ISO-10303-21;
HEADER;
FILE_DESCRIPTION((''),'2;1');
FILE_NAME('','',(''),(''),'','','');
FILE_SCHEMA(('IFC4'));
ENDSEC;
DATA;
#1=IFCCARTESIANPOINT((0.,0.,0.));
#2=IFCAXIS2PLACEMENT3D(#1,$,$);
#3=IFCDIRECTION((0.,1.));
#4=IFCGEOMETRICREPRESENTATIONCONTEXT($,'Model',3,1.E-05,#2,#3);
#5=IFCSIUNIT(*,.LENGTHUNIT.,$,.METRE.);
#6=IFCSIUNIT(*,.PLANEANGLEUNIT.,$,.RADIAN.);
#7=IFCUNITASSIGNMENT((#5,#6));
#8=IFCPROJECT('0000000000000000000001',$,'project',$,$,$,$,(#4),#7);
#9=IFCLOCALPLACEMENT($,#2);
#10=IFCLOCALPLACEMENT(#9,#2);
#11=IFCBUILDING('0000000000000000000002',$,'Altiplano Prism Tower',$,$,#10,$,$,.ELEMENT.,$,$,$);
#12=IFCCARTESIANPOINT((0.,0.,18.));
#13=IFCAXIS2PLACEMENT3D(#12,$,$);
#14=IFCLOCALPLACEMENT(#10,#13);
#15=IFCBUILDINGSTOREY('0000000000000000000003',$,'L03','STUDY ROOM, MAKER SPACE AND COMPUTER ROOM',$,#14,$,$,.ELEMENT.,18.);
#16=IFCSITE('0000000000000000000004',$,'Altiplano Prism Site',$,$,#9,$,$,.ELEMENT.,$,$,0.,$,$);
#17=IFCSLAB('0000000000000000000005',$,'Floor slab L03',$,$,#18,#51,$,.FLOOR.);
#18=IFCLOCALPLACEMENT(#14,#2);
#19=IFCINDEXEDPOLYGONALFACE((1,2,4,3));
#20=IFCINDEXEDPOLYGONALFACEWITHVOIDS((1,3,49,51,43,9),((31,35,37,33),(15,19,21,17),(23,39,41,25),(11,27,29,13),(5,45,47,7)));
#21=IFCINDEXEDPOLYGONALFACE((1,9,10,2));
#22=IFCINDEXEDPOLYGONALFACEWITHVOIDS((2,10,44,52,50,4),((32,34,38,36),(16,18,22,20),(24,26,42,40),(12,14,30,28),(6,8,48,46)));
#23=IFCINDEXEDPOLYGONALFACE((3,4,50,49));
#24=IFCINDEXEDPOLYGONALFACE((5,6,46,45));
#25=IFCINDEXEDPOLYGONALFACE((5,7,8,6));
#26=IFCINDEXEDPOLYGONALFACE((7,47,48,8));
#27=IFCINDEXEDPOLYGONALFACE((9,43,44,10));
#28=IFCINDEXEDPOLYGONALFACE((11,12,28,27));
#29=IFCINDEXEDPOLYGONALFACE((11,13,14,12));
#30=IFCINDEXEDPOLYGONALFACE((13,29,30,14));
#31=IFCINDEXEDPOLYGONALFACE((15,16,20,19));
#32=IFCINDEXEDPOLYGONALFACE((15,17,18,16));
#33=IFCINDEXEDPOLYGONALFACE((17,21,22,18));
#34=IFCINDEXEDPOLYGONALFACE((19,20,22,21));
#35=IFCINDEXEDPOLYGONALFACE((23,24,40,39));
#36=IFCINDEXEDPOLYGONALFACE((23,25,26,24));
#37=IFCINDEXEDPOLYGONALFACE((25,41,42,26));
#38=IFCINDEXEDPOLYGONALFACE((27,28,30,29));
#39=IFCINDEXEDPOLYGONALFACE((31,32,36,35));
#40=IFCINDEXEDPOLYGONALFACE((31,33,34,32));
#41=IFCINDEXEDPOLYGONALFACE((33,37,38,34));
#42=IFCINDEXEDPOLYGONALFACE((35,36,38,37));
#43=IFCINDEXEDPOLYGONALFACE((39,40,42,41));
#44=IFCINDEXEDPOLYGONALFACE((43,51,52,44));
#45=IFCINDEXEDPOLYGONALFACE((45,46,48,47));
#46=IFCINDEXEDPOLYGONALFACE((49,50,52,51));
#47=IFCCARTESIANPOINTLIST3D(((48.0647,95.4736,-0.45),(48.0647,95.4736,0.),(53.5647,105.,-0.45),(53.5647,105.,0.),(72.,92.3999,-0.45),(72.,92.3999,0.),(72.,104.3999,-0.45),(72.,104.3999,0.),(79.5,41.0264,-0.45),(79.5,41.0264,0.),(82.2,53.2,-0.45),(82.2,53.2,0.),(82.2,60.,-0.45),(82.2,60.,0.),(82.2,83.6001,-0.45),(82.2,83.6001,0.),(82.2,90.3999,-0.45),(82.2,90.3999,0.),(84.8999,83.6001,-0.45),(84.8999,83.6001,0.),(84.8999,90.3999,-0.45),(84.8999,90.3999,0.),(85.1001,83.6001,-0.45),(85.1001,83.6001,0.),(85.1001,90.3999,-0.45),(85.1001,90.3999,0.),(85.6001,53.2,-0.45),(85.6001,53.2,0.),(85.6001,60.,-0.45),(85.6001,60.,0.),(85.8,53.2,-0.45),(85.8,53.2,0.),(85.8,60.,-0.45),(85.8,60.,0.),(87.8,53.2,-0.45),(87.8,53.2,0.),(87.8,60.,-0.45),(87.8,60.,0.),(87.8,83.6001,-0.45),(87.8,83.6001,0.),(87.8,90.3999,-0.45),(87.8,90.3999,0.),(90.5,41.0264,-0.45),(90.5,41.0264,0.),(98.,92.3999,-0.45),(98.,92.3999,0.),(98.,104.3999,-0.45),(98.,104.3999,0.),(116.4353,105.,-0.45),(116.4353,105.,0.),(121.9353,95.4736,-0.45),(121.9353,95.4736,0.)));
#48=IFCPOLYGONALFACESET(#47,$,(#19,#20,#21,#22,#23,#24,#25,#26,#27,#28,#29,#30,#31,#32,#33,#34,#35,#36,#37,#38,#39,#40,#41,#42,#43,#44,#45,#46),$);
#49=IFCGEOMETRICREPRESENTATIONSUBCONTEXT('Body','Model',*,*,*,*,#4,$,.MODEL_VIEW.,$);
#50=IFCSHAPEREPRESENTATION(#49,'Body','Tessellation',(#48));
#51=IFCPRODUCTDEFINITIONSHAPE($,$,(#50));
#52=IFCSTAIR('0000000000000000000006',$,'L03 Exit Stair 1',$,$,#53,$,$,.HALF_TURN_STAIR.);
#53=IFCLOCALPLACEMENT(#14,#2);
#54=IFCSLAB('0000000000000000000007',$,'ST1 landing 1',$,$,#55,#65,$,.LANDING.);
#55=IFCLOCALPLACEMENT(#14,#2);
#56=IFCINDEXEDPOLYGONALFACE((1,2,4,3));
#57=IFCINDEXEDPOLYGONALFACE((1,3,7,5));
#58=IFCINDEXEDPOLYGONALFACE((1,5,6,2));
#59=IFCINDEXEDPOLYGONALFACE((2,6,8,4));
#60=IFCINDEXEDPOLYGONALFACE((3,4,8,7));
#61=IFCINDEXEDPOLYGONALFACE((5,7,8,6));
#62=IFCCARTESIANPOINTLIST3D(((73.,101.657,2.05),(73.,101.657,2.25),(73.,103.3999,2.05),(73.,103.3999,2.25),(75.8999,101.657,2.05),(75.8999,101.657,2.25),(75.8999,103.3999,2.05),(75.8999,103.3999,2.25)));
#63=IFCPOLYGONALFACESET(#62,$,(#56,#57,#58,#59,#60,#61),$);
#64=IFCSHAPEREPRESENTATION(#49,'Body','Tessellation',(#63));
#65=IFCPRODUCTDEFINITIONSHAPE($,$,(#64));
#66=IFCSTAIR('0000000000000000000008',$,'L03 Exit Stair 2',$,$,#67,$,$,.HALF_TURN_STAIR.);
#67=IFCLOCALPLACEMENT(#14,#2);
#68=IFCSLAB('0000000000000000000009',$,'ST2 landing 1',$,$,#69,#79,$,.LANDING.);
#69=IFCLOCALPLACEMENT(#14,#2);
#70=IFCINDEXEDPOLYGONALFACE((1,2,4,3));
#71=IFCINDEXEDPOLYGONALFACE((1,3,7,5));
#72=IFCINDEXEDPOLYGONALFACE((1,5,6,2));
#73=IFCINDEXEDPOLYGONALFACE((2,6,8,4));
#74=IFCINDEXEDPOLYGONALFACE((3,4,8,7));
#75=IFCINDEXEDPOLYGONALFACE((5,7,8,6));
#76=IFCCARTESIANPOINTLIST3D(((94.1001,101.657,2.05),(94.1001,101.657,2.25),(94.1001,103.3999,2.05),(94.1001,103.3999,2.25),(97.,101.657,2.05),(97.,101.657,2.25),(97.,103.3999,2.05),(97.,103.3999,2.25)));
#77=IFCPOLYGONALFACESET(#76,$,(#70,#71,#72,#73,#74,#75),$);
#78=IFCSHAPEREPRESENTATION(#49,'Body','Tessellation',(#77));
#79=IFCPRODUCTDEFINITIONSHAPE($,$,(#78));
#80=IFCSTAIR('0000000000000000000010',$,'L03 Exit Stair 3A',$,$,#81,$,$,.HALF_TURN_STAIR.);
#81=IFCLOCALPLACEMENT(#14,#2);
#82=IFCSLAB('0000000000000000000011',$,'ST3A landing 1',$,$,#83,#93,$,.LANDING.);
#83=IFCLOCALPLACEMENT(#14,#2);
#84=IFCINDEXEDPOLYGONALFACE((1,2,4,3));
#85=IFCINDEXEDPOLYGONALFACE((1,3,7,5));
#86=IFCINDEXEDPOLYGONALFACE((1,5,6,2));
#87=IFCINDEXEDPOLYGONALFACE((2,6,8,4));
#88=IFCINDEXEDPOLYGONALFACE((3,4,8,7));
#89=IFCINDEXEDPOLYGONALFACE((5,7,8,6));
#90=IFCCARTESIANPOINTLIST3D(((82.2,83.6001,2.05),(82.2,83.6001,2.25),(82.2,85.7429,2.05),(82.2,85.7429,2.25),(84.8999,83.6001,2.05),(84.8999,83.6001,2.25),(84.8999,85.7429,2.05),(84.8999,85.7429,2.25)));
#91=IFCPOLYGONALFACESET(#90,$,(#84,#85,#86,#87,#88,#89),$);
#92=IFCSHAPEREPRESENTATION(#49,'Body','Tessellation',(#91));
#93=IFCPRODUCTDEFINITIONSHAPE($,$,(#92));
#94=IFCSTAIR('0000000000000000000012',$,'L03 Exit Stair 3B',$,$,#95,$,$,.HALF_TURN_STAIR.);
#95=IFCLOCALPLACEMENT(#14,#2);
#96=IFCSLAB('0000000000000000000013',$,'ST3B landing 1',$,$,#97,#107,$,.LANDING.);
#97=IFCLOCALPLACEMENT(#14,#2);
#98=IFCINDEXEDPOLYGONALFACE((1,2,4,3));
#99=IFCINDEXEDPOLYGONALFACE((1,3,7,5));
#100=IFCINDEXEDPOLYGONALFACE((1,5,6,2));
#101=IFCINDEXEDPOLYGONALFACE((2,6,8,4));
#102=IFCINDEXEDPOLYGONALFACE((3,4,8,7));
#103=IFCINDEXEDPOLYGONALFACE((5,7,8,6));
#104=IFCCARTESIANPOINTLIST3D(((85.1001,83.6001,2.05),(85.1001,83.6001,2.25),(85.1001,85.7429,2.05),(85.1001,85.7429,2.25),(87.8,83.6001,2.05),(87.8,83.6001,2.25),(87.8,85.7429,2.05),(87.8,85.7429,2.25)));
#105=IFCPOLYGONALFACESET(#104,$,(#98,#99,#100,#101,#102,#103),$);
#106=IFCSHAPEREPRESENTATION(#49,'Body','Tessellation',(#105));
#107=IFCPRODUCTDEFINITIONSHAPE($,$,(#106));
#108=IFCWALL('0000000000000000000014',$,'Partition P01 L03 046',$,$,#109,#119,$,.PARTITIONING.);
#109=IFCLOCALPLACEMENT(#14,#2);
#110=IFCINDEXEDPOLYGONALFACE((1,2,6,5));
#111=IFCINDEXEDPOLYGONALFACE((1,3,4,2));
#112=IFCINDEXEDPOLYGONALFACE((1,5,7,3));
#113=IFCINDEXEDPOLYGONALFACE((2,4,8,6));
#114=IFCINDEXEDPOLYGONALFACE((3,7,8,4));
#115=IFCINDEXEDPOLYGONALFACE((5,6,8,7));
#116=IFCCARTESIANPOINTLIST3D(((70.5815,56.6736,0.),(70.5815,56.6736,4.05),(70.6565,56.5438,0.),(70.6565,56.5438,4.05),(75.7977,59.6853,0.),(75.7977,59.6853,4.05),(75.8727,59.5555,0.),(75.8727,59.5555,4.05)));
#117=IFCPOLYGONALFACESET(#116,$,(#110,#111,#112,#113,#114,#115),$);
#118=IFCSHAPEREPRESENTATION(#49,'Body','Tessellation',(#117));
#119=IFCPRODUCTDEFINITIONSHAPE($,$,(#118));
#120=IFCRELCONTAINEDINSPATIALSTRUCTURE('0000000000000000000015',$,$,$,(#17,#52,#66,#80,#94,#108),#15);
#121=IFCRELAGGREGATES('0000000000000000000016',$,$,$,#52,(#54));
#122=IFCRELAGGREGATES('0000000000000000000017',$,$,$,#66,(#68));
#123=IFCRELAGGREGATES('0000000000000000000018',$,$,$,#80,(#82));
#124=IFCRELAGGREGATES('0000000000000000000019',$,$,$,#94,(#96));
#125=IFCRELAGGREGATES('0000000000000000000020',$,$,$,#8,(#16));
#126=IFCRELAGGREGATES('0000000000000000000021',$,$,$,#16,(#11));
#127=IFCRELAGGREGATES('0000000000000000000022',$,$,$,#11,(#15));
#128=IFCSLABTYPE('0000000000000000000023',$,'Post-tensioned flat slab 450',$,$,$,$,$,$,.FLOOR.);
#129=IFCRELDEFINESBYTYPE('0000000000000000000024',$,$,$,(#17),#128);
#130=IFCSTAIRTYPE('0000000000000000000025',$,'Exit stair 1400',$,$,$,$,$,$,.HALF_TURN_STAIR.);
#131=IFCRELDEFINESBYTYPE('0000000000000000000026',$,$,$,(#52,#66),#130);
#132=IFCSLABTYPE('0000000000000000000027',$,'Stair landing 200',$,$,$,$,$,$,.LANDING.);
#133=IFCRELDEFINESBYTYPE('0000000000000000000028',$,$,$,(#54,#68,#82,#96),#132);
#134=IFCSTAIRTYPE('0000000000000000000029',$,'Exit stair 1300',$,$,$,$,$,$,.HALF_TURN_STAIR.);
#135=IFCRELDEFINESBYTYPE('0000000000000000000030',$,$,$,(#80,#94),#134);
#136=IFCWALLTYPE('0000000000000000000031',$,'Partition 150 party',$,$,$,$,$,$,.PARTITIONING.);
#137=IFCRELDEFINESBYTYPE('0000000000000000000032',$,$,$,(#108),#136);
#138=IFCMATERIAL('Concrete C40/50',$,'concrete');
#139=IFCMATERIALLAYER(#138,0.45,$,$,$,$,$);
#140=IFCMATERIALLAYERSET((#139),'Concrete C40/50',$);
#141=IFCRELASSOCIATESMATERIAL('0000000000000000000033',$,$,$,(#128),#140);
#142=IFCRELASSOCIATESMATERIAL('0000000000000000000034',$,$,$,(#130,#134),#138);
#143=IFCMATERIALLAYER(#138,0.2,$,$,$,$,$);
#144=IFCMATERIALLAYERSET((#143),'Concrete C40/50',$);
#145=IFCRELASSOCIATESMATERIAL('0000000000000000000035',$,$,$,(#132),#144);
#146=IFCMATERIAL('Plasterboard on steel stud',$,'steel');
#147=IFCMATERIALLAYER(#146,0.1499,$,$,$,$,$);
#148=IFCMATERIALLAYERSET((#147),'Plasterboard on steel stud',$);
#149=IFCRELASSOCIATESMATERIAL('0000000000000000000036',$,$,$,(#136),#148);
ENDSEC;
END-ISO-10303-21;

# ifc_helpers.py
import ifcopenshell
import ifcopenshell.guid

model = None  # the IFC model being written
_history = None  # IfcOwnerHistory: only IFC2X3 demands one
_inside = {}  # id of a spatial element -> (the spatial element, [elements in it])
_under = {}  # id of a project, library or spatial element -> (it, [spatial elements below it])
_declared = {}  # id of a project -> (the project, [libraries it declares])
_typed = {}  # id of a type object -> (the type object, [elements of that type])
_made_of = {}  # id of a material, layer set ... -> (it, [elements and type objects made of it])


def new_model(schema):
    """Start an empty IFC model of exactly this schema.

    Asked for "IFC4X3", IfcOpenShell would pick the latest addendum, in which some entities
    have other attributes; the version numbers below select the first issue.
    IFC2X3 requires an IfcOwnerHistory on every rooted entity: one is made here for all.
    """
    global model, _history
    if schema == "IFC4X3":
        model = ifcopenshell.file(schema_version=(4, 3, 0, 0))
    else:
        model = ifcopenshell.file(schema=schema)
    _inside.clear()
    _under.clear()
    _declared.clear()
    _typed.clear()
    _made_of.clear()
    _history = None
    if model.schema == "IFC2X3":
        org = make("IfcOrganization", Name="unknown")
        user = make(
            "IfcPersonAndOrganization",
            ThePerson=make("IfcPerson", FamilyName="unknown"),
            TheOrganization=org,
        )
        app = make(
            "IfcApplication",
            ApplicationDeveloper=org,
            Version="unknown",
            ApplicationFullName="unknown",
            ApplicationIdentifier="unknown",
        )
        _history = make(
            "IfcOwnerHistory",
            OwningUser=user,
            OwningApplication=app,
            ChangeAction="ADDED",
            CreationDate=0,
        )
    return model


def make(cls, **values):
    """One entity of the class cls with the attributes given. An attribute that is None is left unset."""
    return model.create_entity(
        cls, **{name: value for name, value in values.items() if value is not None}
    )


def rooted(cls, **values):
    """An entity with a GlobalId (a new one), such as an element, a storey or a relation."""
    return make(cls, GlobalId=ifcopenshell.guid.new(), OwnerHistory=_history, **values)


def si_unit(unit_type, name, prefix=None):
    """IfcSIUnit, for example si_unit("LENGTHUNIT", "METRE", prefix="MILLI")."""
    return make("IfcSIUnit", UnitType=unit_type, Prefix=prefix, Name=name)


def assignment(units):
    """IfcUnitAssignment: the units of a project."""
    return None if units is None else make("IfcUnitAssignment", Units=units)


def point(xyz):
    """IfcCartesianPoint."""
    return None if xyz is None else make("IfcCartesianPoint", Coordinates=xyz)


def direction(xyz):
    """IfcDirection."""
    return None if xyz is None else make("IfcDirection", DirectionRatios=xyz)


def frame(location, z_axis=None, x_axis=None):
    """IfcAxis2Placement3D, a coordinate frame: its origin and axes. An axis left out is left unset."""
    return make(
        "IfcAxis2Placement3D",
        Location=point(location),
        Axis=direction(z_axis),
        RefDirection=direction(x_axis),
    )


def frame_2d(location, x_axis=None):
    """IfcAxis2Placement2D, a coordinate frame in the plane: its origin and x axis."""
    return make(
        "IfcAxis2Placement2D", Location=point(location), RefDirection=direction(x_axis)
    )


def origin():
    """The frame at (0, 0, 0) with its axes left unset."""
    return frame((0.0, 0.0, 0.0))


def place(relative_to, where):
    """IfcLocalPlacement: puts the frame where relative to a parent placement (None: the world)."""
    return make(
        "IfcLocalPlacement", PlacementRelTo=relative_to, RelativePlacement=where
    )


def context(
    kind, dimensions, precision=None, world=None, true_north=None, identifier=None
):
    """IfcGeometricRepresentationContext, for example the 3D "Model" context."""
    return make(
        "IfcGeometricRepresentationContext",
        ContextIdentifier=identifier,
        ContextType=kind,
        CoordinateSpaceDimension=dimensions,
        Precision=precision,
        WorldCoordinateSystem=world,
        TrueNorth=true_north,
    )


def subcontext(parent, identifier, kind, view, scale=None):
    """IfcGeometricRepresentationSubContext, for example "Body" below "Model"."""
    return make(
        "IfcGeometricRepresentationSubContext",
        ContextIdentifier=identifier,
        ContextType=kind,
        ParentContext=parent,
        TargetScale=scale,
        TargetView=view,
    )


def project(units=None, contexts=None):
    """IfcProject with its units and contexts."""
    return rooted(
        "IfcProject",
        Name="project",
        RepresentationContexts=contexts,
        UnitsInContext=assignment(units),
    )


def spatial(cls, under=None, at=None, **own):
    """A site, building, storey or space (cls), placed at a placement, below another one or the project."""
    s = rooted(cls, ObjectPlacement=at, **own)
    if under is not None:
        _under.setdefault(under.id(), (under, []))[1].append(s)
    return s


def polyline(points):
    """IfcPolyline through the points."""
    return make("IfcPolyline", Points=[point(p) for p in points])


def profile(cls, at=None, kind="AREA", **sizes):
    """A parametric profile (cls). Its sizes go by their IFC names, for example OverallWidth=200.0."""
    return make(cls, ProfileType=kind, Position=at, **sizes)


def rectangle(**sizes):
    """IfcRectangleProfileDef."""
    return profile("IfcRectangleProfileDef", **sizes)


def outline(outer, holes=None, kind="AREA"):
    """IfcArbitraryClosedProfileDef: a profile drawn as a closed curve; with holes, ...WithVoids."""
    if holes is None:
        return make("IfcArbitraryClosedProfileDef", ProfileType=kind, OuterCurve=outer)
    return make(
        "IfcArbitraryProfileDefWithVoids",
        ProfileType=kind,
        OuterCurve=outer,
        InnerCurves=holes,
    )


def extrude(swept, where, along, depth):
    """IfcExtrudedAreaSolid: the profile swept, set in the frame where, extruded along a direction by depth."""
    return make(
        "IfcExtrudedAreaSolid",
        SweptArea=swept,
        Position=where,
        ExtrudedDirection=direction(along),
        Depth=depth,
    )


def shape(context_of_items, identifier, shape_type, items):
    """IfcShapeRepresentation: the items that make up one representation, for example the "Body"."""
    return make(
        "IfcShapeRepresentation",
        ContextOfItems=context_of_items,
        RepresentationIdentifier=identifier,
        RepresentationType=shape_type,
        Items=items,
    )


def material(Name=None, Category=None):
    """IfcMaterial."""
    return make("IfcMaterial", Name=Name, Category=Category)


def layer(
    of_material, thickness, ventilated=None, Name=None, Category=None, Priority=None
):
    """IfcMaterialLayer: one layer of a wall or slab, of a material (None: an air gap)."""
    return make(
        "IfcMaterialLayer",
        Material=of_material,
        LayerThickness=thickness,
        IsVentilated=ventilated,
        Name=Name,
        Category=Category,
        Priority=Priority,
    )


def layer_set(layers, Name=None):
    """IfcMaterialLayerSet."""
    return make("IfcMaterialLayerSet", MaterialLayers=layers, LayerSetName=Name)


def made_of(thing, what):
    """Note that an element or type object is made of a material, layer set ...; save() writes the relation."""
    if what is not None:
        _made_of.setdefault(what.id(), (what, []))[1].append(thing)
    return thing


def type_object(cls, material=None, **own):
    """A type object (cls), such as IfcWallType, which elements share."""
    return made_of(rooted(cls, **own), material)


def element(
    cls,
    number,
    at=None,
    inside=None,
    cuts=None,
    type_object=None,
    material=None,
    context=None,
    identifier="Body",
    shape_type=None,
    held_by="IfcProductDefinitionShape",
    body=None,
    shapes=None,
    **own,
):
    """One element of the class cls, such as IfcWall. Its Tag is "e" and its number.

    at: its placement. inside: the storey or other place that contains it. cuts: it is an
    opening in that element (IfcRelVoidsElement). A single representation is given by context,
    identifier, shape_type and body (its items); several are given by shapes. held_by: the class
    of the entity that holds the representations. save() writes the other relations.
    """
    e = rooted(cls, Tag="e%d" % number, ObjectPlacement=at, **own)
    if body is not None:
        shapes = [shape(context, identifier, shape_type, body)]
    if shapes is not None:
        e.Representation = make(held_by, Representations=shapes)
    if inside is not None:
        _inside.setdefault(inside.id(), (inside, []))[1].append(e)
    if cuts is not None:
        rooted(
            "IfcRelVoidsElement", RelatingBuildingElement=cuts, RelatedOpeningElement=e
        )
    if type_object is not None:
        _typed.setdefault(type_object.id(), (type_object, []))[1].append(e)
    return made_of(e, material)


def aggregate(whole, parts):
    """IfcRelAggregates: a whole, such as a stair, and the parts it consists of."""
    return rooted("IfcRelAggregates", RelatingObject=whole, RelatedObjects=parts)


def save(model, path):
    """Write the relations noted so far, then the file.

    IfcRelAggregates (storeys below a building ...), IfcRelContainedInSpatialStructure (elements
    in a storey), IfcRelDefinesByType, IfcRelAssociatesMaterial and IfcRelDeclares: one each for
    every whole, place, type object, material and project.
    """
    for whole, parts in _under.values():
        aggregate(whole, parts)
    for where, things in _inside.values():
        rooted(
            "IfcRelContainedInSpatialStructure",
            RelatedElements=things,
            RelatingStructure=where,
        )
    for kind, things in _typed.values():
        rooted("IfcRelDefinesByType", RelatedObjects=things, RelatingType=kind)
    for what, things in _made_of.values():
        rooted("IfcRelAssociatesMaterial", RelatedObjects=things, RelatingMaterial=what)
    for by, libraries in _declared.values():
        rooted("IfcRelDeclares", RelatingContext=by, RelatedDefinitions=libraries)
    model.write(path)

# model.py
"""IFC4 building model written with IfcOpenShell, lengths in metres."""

from ifc_helpers import new_model, si_unit, direction, frame, frame_2d, origin, place, context, subcontext, project, spatial, polyline, rectangle, outline, extrude, material, layer, layer_set, type_object, element, aggregate, save


model = new_model("IFC4")

# Units and contexts
model_context = context("Model", 3, precision=1e-05, world=origin(), true_north=direction((0.0, 1.0)))
body_context = subcontext(model_context, "Body", "Model", "MODEL_VIEW")
ifc_project = project(units=[si_unit("LENGTHUNIT", "METRE"), si_unit("PLANEANGLEUNIT", "RADIAN")], contexts=[model_context])

# Site, building, storey
site_placement = place(None, origin())
site = spatial("IfcSite", under=ifc_project, at=site_placement, Name="Altiplano Prism Site", CompositionType="ELEMENT", RefElevation=0.0)
building_placement = place(site_placement, origin())
building = spatial("IfcBuilding", under=site, at=building_placement, Name="Altiplano Prism Tower", CompositionType="ELEMENT")
storey_placement = place(building_placement, frame((0.0, 0.0, 18.0)))
storey = spatial("IfcBuildingStorey", under=building, at=storey_placement, Name="L03", Description="STUDY ROOM, MAKER SPACE AND COMPUTER ROOM", CompositionType="ELEMENT", Elevation=18.0)

# Slab
ifc_material_1 = material(Name="Concrete C40/50", Category="concrete")
ifc_layer_1 = layer(ifc_material_1, 0.45)
ifc_layer_set_1 = layer_set([ifc_layer_1], Name="Concrete C40/50")
slab_type_1 = type_object("IfcSlabType", Name="Post-tensioned flat slab 450", PredefinedType="FLOOR", material=ifc_layer_set_1)
slab_1_placement = place(storey_placement, frame((0.0, 0.0, -0.45)))
element("IfcSlab", 1, at=slab_1_placement, inside=storey, type_object=slab_type_1, Name="Floor slab L03", PredefinedType="FLOOR", context=body_context, shape_type="SweptSolid", body=[
    extrude(outline(polyline([(53.5647, 105.0), (116.4353, 105.0), (121.9353, 95.4736), (90.5, 41.0264), (79.5, 41.0264), (48.0647, 95.4736), (53.5647, 105.0)]), holes=[polyline([(98.0, 92.3999), (98.0, 104.3999), (72.0, 104.3999), (72.0, 92.3999), (98.0, 92.3999)]), polyline([(82.2, 83.6001), (84.8999, 83.6001), (84.8999, 90.3999), (82.2, 90.3999), (82.2, 83.6001)]), polyline([(85.1001, 90.3999), (85.1001, 83.6001), (87.8, 83.6001), (87.8, 90.3999), (85.1001, 90.3999)]), polyline([(85.6001, 60.0), (82.2, 60.0), (82.2, 53.2), (85.6001, 53.2), (85.6001, 60.0)]), polyline([(87.8, 53.2), (87.8, 60.0), (85.8, 60.0), (85.8, 53.2), (87.8, 53.2)])]), origin(), (0.0, 0.0, 1.0), 0.45),
])

# Stairs, slabs
stair_type_1 = type_object("IfcStairType", Name="Exit stair 1400", PredefinedType="HALF_TURN_STAIR", material=ifc_material_1)
stair_1_placement = place(storey_placement, origin())
stair_1 = element("IfcStair", 2, at=stair_1_placement, inside=storey, type_object=stair_type_1, Name="L03 Exit Stair 1", PredefinedType="HALF_TURN_STAIR")
ifc_layer_2 = layer(ifc_material_1, 0.2)
ifc_layer_set_2 = layer_set([ifc_layer_2], Name="Concrete C40/50")
slab_type_2 = type_object("IfcSlabType", Name="Stair landing 200", PredefinedType="LANDING", material=ifc_layer_set_2)
slab_2_placement = place(storey_placement, frame((0.0, 0.0, 2.05)))
slab_2 = element("IfcSlab", 3, at=slab_2_placement, type_object=slab_type_2, Name="ST1 landing 1", PredefinedType="LANDING", context=body_context, shape_type="SweptSolid", body=[
    extrude(outline(polyline([(75.8999, 101.657), (75.8999, 103.3999), (73.0, 103.3999), (73.0, 101.657), (75.8999, 101.657)])), origin(), (0.0, 0.0, 1.0), 0.2),
])
aggregate(stair_1, [slab_2])
stair_2_placement = place(storey_placement, origin())
stair_2 = element("IfcStair", 4, at=stair_2_placement, inside=storey, type_object=stair_type_1, Name="L03 Exit Stair 2", PredefinedType="HALF_TURN_STAIR")
slab_3_placement = place(storey_placement, frame((0.0, 0.0, 2.05)))
slab_3 = element("IfcSlab", 5, at=slab_3_placement, type_object=slab_type_2, Name="ST2 landing 1", PredefinedType="LANDING", context=body_context, shape_type="SweptSolid", body=[
    extrude(outline(polyline([(97.0, 101.657), (97.0, 103.3999), (94.1001, 103.3999), (94.1001, 101.657), (97.0, 101.657)])), origin(), (0.0, 0.0, 1.0), 0.2),
])
aggregate(stair_2, [slab_3])
stair_type_2 = type_object("IfcStairType", Name="Exit stair 1300", PredefinedType="HALF_TURN_STAIR", material=ifc_material_1)
stair_3_placement = place(storey_placement, origin())
stair_3 = element("IfcStair", 6, at=stair_3_placement, inside=storey, type_object=stair_type_2, Name="L03 Exit Stair 3A", PredefinedType="HALF_TURN_STAIR")
slab_4_placement = place(storey_placement, frame((0.0, 0.0, 2.05)))
slab_4 = element("IfcSlab", 7, at=slab_4_placement, type_object=slab_type_2, Name="ST3A landing 1", PredefinedType="LANDING", context=body_context, shape_type="SweptSolid", body=[
    extrude(outline(polyline([(82.2, 85.7429), (82.2, 83.6001), (84.8999, 83.6001), (84.8999, 85.7429), (82.2, 85.7429)])), origin(), (0.0, 0.0, 1.0), 0.2),
])
aggregate(stair_3, [slab_4])
stair_4_placement = place(storey_placement, origin())
stair_4 = element("IfcStair", 8, at=stair_4_placement, inside=storey, type_object=stair_type_2, Name="L03 Exit Stair 3B", PredefinedType="HALF_TURN_STAIR")
slab_5_placement = place(storey_placement, frame((0.0, 0.0, 2.05)))
slab_5 = element("IfcSlab", 9, at=slab_5_placement, type_object=slab_type_2, Name="ST3B landing 1", PredefinedType="LANDING", context=body_context, shape_type="SweptSolid", body=[
    extrude(outline(polyline([(85.1001, 85.7429), (85.1001, 83.6001), (87.8, 83.6001), (87.8, 85.7429), (85.1001, 85.7429)])), origin(), (0.0, 0.0, 1.0), 0.2),
])
aggregate(stair_4, [slab_5])

# Wall
ifc_material_2 = material(Name="Plasterboard on steel stud", Category="steel")
ifc_layer_3 = layer(ifc_material_2, 0.1499)
ifc_layer_set_3 = layer_set([ifc_layer_3], Name="Plasterboard on steel stud")
wall_type = type_object("IfcWallType", Name="Partition 150 party", PredefinedType="PARTITIONING", material=ifc_layer_set_3)
wall_placement = place(storey_placement, frame((70.6189, 56.6086, 0.0), z_axis=(0.0, 0.0, 1.0), x_axis=(0.86602, 0.50001, 0.0)))
element("IfcWall", 10, at=wall_placement, inside=storey, type_object=wall_type, Name="Partition P01 L03 046", PredefinedType="PARTITIONING", context=body_context, shape_type="SweptSolid", body=[
    extrude(rectangle(XDim=6.0232, YDim=0.1499, at=frame_2d((3.0117, 0.0))), origin(), (0.0, 0.0, 1.0), 4.05),
])

save(model, "model.ifc")
